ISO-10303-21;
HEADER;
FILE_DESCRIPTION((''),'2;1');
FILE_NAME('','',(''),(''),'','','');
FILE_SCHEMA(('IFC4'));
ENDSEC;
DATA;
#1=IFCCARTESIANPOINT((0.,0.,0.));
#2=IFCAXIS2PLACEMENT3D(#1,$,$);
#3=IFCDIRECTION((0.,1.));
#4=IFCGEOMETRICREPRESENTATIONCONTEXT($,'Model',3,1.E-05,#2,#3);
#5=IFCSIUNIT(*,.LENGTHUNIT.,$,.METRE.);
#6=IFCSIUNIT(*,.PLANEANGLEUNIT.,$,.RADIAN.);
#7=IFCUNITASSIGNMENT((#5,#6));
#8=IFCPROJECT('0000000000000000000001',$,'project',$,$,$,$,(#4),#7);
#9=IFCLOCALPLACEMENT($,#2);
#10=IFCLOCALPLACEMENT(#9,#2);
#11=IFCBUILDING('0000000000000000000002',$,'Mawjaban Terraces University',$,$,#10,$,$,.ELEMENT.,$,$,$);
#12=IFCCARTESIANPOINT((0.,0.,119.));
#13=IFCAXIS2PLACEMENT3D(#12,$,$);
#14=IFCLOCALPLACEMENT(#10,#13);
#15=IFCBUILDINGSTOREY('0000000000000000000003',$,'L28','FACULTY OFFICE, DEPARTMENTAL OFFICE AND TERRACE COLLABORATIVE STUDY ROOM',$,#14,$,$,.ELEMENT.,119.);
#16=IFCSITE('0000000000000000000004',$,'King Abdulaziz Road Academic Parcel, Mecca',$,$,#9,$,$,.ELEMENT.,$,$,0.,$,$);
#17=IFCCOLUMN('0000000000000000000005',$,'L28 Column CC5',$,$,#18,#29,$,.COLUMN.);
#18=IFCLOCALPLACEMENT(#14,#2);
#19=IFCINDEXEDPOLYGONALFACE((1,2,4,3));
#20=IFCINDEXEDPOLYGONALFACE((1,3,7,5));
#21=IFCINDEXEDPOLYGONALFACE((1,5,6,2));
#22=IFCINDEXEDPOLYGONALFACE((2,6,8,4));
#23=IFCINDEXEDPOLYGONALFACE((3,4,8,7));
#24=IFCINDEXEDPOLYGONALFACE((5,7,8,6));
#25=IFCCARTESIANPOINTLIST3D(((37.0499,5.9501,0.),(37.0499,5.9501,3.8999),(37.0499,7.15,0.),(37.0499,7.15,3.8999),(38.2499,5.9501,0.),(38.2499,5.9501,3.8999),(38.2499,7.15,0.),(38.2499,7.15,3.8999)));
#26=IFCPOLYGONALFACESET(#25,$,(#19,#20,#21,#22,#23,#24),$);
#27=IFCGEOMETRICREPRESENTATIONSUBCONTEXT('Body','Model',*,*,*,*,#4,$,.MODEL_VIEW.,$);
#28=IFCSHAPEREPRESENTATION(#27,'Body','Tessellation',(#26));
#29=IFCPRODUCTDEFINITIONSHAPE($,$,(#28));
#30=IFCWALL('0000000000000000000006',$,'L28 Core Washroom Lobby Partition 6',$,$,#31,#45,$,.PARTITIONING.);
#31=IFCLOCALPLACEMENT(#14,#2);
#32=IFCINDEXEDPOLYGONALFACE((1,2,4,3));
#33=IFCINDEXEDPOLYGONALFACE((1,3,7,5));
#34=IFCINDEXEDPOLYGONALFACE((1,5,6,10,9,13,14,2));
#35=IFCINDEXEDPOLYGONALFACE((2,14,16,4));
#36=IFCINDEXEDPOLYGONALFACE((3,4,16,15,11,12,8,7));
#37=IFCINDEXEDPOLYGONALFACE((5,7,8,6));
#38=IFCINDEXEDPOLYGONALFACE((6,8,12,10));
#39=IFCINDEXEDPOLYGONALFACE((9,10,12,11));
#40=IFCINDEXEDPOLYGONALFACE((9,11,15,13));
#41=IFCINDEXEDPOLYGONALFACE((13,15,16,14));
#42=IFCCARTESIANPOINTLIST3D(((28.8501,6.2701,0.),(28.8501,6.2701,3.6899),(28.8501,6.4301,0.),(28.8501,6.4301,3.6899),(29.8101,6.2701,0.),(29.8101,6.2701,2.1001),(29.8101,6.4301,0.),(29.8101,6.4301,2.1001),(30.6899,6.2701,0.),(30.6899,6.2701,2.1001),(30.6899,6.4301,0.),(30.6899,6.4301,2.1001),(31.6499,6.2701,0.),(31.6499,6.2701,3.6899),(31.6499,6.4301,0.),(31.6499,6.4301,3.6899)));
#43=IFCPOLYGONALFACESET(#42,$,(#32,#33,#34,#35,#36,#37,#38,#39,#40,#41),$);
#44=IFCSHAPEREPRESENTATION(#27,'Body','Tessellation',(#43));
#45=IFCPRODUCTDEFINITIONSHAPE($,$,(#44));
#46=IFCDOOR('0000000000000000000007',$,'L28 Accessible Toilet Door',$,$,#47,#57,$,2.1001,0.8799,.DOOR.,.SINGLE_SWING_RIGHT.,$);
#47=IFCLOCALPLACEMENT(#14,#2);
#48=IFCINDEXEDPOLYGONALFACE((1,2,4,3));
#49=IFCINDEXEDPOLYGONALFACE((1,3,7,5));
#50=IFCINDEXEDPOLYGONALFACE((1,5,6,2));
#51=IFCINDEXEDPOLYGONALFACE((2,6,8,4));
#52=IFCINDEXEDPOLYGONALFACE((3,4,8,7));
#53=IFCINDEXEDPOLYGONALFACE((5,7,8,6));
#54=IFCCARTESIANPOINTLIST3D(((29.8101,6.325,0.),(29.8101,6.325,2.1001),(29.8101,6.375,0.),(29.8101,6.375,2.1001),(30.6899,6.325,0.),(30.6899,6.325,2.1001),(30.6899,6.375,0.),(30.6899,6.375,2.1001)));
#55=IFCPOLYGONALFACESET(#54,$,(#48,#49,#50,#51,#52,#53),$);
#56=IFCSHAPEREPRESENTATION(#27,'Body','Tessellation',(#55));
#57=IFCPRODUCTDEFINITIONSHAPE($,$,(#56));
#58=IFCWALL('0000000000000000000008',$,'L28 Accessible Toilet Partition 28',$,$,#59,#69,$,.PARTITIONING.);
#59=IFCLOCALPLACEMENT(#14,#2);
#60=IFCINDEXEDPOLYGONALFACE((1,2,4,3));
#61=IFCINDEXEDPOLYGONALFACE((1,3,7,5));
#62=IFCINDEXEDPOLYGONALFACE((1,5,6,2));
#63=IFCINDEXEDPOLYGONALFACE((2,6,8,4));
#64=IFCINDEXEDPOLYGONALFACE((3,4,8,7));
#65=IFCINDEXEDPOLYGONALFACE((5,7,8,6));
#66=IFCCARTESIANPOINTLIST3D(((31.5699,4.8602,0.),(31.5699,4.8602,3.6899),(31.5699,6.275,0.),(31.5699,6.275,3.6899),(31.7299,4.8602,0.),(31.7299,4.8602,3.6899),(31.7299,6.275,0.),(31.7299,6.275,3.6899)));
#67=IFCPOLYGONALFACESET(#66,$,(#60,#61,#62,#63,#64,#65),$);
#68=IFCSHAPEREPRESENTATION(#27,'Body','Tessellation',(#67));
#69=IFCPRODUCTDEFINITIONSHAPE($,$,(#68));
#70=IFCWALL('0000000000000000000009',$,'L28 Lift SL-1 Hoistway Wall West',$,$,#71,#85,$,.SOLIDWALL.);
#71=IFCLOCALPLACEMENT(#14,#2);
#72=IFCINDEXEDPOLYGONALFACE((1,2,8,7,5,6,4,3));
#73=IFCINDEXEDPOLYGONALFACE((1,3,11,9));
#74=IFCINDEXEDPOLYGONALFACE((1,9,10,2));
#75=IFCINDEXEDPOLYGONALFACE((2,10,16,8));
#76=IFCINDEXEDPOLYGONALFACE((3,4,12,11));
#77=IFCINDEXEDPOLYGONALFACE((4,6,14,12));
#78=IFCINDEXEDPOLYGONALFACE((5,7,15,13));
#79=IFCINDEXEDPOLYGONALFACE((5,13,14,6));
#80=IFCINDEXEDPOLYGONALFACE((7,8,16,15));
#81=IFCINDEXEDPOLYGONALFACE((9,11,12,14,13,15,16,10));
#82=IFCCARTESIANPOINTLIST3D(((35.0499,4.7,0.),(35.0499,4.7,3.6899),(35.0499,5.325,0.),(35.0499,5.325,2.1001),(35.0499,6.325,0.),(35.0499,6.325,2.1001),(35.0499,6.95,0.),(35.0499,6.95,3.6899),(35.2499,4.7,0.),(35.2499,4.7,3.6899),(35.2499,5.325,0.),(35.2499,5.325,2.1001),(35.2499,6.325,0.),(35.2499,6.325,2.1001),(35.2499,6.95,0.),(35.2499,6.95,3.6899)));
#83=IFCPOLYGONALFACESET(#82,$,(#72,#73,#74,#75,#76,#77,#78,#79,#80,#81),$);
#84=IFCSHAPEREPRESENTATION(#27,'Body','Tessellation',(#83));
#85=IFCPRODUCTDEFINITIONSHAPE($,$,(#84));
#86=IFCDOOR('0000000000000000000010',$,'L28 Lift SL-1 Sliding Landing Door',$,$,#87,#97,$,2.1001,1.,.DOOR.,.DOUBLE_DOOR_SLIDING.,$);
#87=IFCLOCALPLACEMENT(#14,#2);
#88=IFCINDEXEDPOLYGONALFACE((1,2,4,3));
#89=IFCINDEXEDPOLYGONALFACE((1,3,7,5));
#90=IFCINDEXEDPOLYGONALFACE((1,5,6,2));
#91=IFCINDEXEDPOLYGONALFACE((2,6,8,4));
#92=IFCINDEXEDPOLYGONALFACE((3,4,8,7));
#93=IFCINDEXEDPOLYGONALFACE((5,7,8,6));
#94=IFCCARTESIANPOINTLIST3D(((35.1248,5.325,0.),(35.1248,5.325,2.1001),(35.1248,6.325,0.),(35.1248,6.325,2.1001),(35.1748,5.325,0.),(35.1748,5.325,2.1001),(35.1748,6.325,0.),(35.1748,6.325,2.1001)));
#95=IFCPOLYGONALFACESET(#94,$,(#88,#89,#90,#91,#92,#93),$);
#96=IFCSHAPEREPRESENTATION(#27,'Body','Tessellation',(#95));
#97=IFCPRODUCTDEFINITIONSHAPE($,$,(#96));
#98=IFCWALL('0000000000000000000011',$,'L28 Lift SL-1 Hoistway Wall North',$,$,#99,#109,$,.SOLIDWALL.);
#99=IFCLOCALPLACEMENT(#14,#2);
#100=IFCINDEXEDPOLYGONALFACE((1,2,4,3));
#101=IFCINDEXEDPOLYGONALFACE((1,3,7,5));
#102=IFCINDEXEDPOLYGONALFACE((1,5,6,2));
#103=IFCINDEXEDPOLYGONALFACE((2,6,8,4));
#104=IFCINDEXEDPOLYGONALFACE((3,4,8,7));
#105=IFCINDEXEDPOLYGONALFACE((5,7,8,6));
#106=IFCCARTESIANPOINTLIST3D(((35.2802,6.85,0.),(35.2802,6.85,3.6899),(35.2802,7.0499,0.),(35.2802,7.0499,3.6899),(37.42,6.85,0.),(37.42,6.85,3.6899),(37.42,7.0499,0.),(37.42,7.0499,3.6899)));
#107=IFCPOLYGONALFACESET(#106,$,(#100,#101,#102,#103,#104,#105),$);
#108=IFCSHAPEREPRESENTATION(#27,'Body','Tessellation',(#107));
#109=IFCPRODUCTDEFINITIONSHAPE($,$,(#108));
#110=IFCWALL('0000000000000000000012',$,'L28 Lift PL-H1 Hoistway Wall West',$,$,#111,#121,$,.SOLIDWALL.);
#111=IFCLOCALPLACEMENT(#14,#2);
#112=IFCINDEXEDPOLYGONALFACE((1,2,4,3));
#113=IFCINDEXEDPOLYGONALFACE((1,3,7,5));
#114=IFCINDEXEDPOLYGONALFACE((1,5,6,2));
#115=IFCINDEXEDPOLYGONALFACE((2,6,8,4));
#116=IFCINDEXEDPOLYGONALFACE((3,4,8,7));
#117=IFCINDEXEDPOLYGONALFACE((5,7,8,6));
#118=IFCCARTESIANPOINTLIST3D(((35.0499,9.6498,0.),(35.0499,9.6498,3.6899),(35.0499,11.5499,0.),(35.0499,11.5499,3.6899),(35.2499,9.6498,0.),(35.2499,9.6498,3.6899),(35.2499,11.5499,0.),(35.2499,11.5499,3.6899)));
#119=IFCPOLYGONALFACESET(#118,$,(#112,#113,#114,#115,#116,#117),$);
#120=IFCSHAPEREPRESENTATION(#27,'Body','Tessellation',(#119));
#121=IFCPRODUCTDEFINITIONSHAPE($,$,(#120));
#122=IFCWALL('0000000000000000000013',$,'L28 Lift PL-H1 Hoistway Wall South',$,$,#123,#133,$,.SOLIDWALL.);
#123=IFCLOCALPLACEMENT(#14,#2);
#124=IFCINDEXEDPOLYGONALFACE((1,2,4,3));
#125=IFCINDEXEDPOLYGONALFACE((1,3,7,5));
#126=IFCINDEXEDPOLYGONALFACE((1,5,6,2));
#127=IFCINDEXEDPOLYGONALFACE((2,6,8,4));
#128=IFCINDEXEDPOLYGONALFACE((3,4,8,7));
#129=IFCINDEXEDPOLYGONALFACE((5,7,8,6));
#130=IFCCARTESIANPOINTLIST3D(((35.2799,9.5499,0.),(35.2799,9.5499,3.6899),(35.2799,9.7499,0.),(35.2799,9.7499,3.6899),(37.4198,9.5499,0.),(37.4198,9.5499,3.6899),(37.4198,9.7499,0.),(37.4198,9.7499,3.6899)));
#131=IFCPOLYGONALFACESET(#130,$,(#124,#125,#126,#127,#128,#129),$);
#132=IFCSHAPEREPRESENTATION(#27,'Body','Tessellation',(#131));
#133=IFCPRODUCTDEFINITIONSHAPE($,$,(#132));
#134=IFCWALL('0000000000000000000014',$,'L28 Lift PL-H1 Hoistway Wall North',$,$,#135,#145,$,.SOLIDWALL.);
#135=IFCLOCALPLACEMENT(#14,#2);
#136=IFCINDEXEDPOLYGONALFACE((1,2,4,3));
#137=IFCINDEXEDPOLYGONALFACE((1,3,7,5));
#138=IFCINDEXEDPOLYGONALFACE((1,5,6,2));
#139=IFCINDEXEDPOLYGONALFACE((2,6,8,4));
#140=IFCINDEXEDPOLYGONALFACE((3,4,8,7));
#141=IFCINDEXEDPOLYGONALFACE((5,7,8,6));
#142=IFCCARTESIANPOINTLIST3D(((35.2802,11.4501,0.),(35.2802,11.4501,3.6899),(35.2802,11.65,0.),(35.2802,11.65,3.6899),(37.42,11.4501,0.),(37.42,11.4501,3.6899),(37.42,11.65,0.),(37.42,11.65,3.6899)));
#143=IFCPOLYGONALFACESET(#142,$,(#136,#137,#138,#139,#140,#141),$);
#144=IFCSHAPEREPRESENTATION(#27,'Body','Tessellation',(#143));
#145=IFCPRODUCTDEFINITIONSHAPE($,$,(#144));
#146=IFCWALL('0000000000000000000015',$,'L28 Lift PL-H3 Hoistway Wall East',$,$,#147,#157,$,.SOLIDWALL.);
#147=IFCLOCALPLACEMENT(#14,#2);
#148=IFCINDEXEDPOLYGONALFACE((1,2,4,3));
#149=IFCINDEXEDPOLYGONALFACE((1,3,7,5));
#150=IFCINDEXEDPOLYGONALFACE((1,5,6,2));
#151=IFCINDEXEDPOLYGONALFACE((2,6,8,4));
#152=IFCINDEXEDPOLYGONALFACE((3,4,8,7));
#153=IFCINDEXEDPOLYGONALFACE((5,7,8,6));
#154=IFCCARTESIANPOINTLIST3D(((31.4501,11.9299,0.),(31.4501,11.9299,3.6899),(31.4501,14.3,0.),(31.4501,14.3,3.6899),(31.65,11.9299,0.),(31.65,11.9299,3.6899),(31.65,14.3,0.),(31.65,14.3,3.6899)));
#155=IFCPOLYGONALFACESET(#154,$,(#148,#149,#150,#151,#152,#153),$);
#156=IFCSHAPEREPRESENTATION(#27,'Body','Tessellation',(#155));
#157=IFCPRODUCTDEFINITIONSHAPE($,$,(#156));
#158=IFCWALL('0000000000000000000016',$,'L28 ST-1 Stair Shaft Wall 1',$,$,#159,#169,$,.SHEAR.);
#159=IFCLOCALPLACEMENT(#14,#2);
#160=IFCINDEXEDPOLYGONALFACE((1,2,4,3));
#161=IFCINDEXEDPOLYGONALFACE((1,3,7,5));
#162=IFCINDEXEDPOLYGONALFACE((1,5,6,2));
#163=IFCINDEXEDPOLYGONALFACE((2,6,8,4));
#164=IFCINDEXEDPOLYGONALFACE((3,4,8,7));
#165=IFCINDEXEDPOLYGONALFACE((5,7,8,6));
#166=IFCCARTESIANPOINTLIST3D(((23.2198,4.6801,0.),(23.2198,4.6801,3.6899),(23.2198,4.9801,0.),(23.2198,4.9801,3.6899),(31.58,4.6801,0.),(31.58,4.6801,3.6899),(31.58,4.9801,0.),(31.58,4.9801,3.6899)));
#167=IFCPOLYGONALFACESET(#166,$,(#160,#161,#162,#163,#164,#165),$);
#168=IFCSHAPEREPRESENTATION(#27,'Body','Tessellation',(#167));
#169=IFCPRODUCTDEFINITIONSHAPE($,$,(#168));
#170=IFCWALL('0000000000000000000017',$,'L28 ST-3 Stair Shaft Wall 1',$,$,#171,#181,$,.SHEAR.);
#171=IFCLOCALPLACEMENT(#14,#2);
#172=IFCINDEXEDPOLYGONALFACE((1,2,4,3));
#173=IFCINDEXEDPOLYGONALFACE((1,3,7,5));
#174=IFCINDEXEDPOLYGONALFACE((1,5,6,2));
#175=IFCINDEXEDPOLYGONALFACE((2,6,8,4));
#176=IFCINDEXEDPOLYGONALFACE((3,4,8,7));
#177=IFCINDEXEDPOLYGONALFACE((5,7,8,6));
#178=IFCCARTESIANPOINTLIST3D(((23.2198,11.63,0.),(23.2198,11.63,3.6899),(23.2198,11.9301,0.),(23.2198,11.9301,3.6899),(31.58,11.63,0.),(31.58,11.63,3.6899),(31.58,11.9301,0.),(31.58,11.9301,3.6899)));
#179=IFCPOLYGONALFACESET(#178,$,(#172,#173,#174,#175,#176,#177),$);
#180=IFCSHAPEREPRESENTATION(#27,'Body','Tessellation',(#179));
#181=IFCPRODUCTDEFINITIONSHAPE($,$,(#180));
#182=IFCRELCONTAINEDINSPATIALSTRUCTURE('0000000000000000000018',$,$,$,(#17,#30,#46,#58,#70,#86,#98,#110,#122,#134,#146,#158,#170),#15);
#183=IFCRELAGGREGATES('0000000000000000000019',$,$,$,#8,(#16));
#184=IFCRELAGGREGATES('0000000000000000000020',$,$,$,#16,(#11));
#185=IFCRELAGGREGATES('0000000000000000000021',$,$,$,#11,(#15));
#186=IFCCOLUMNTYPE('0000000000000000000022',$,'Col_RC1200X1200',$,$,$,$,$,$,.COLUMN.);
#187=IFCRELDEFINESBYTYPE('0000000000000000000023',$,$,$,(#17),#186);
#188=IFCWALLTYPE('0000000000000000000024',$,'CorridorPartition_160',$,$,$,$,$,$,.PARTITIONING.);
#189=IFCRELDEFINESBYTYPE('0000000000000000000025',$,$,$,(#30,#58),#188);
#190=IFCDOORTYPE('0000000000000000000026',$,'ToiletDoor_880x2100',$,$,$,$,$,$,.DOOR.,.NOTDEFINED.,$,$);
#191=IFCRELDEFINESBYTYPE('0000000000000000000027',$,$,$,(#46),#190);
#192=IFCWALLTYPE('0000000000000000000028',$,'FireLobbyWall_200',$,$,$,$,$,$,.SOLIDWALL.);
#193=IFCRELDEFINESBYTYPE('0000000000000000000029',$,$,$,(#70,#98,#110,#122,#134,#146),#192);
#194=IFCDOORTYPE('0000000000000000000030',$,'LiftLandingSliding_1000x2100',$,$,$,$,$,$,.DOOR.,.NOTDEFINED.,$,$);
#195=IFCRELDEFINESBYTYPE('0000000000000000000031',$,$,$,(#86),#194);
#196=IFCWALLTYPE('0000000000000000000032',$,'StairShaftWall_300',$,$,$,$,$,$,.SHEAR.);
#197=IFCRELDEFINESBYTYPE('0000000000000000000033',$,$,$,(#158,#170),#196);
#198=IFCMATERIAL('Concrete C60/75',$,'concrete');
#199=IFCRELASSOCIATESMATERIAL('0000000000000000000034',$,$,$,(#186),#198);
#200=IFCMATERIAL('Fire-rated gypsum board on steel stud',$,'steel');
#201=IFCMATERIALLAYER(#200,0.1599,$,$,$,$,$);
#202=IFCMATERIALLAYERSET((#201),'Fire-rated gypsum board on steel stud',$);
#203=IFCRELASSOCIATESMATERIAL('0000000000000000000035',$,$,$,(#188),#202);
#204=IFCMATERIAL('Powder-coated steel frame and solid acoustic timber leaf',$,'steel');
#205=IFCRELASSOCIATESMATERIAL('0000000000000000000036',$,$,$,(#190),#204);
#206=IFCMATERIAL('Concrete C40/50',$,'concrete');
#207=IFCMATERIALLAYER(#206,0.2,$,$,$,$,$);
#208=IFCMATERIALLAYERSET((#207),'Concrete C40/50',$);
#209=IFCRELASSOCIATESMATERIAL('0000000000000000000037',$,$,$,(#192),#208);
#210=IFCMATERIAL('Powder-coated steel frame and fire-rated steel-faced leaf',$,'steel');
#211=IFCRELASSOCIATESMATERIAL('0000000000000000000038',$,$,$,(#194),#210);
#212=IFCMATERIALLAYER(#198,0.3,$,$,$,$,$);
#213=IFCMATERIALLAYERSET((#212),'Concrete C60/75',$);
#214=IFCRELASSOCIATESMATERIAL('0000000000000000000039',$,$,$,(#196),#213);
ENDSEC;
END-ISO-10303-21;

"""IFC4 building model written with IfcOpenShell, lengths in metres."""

from ifc_helpers import new_model, si_unit, direction, frame, frame_2d, origin, origin_2d, place, context, subcontext, project, spatial, rectangle, extrude, material, layer, layer_set, material_profile, profile_set, type_object, element, fill, save


model = new_model("IFC4")

# Units and contexts
model_context = context("Model", 3, precision=1e-05, world=origin(), true_north=direction((0.0, 1.0)))
body_context = subcontext(model_context, "Body", "Model", "MODEL_VIEW")
ifc_project = project(units=[si_unit("LENGTHUNIT", "METRE"), si_unit("PLANEANGLEUNIT", "RADIAN")], contexts=[model_context])

# Site, building, storey
site_placement = place(None, origin())
site = spatial("IfcSite", under=ifc_project, at=site_placement, Name="King Abdulaziz Road Academic Parcel, Mecca", CompositionType="ELEMENT", RefElevation=0.0)
building_placement = place(site_placement, origin())
building = spatial("IfcBuilding", under=site, at=building_placement, Name="Mawjaban Terraces University", CompositionType="ELEMENT")
storey_placement = place(building_placement, frame((0.0, 0.0, 119.0)))
storey = spatial("IfcBuildingStorey", under=building, at=storey_placement, Name="L28", Description="FACULTY OFFICE, DEPARTMENTAL OFFICE AND TERRACE COLLABORATIVE STUDY ROOM", CompositionType="ELEMENT", Elevation=119.0)

# Column
ifc_material_1 = material(Name="Concrete C60/75", Category="concrete")
ifc_material_profile = material_profile(ifc_material_1, rectangle(XDim=1.2, YDim=1.2, at=origin_2d()), Name="RC1200X1200")
ifc_profile_set = profile_set([ifc_material_profile], Name="Concrete C60/75")
column_type = type_object("IfcColumnType", Name="Col_RC1200X1200", PredefinedType="COLUMN", material=ifc_profile_set)
column_placement = place(storey_placement, frame((37.6499, 6.55, 0.0), z_axis=(0.0, 0.0, 1.0), x_axis=(1.0, 0.0, 0.0)))
element("IfcColumn", 1, at=column_placement, inside=storey, type_object=column_type, Name="L28 Column CC5", PredefinedType="COLUMN", context=body_context, shape_type="SweptSolid", body=[
    extrude(rectangle(XDim=1.2, YDim=1.2, at=origin_2d()), origin(), (0.0, 0.0, 1.0), 3.8999),
])

# Wall, opening, door
ifc_material_2 = material(Name="Fire-rated gypsum board on steel stud", Category="steel")
ifc_layer_1 = layer(ifc_material_2, 0.1599)
ifc_layer_set_1 = layer_set([ifc_layer_1], Name="Fire-rated gypsum board on steel stud")
wall_type_1 = type_object("IfcWallType", Name="CorridorPartition_160", PredefinedType="PARTITIONING", material=ifc_layer_set_1)
wall_1_placement = place(storey_placement, frame((28.8501, 6.3501, 0.0), z_axis=(0.0, 0.0, 1.0), x_axis=(1.0, 0.0, 0.0)))
wall_1 = element("IfcWall", 2, at=wall_1_placement, inside=storey, type_object=wall_type_1, Name="L28 Core Washroom Lobby Partition 6", PredefinedType="PARTITIONING", context=body_context, shape_type="SweptSolid", body=[
    extrude(rectangle(XDim=2.7998, YDim=0.1599, at=frame_2d((1.3999, 0.0))), origin(), (0.0, 0.0, 1.0), 3.6899),
])
opening_1_placement = place(wall_1_placement, frame((0.96, 0.0, 0.0)))
opening_1 = element("IfcOpeningElement", 3, at=opening_1_placement, cuts=wall_1, PredefinedType="OPENING", context=body_context, shape_type="SweptSolid", body=[
    extrude(rectangle(XDim=0.8799, YDim=2.1001, at=frame_2d((0.4399, 1.05))), frame((0.0, 0.0898, 0.0), z_axis=(0.0, -1.0, 0.0), x_axis=(1.0, 0.0, 0.0)), (0.0, 0.0, 1.0), 0.1799),
])
ifc_material_3 = material(Name="Powder-coated steel frame and solid acoustic timber leaf", Category="steel")
door_type_1 = type_object("IfcDoorType", Name="ToiletDoor_880x2100", OperationType="NOTDEFINED", PredefinedType="DOOR", material=ifc_material_3)
door_1_placement = place(opening_1_placement, origin())
door_1 = element("IfcDoor", 4, at=door_1_placement, inside=storey, type_object=door_type_1, Name="L28 Accessible Toilet Door", OperationType="SINGLE_SWING_RIGHT", OverallHeight=2.1001, OverallWidth=0.8799, PredefinedType="DOOR", context=body_context, shape_type="SweptSolid", body=[
    extrude(rectangle(XDim=0.8799, YDim=2.1001, at=frame_2d((0.4399, 1.05))), frame((0.0, 0.0249, 0.0), z_axis=(0.0, -1.0, 0.0), x_axis=(1.0, 0.0, 0.0)), (0.0, 0.0, 1.0), 0.05),
])
fill(opening_1, door_1)

# Wall
wall_2_placement = place(storey_placement, frame((31.6499, 4.8601, 0.0), z_axis=(0.0, 0.0, 1.0), x_axis=(0.0, 1.0, 0.0)))
element("IfcWall", 5, at=wall_2_placement, inside=storey, type_object=wall_type_1, Name="L28 Accessible Toilet Partition 28", PredefinedType="PARTITIONING", context=body_context, shape_type="SweptSolid", body=[
    extrude(rectangle(XDim=1.4148, YDim=0.1599, at=frame_2d((0.7075, 0.0))), origin(), (0.0, 0.0, 1.0), 3.6899),
])

# Wall, opening, door
ifc_material_4 = material(Name="Concrete C40/50", Category="concrete")
ifc_layer_2 = layer(ifc_material_4, 0.2)
ifc_layer_set_2 = layer_set([ifc_layer_2], Name="Concrete C40/50")
wall_type_2 = type_object("IfcWallType", Name="FireLobbyWall_200", PredefinedType="SOLIDWALL", material=ifc_layer_set_2)
wall_3_placement = place(storey_placement, frame((35.1499, 6.95, 0.0), z_axis=(0.0, 0.0, 1.0), x_axis=(0.0, -1.0, 0.0)))
wall_3 = element("IfcWall", 6, at=wall_3_placement, inside=storey, type_object=wall_type_2, Name="L28 Lift SL-1 Hoistway Wall West", PredefinedType="SOLIDWALL", context=body_context, shape_type="SweptSolid", body=[
    extrude(rectangle(XDim=2.25, YDim=0.2, at=frame_2d((1.125, 0.0))), origin(), (0.0, 0.0, 1.0), 3.6899),
])
opening_2_placement = place(wall_3_placement, frame((0.625, 0.0, 0.0)))
opening_2 = element("IfcOpeningElement", 7, at=opening_2_placement, cuts=wall_3, PredefinedType="OPENING", context=body_context, shape_type="SweptSolid", body=[
    extrude(rectangle(XDim=1.0, YDim=2.1001, at=frame_2d((0.5, 1.05))), frame((0.0, 0.1099, 0.0), z_axis=(0.0, -1.0, 0.0), x_axis=(1.0, 0.0, 0.0)), (0.0, 0.0, 1.0), 0.22),
])
ifc_material_5 = material(Name="Powder-coated steel frame and fire-rated steel-faced leaf", Category="steel")
door_type_2 = type_object("IfcDoorType", Name="LiftLandingSliding_1000x2100", OperationType="NOTDEFINED", PredefinedType="DOOR", material=ifc_material_5)
door_2_placement = place(opening_2_placement, origin())
door_2 = element("IfcDoor", 8, at=door_2_placement, inside=storey, type_object=door_type_2, Name="L28 Lift SL-1 Sliding Landing Door", OperationType="DOUBLE_DOOR_SLIDING", OverallHeight=2.1001, OverallWidth=1.0, PredefinedType="DOOR", context=body_context, shape_type="SweptSolid", body=[
    extrude(rectangle(XDim=1.0, YDim=2.1001, at=frame_2d((0.5, 1.05))), frame((0.0, 0.0249, 0.0), z_axis=(0.0, -1.0, 0.0), x_axis=(1.0, 0.0, 0.0)), (0.0, 0.0, 1.0), 0.05),
])
fill(opening_2, door_2)

# Walls
wall_4_placement = place(storey_placement, frame((37.4199, 6.95, 0.0), z_axis=(0.0, 0.0, 1.0), x_axis=(-1.0, 0.0, 0.0)))
element("IfcWall", 9, at=wall_4_placement, inside=storey, type_object=wall_type_2, Name="L28 Lift SL-1 Hoistway Wall North", PredefinedType="SOLIDWALL", context=body_context, shape_type="SweptSolid", body=[
    extrude(rectangle(XDim=2.1399, YDim=0.2, at=frame_2d((1.0698, 0.0))), origin(), (0.0, 0.0, 1.0), 3.6899),
])
wall_5_placement = place(storey_placement, frame((35.1499, 11.55, 0.0), z_axis=(0.0, 0.0, 1.0), x_axis=(0.0, -1.0, 0.0)))
element("IfcWall", 10, at=wall_5_placement, inside=storey, type_object=wall_type_2, Name="L28 Lift PL-H1 Hoistway Wall West", PredefinedType="SOLIDWALL", context=body_context, shape_type="SweptSolid", body=[
    extrude(rectangle(XDim=1.9001, YDim=0.2, at=frame_2d((0.9502, 0.0))), origin(), (0.0, 0.0, 1.0), 3.6899),
])
for number, where, z_axis, x_axis, name in (
    (11, (35.28, 9.6499, 0.0), (0.0, 0.0, 1.0), (1.0, 0.0, 0.0), "L28 Lift PL-H1 Hoistway Wall South"),
    (12, (37.4199, 11.55, 0.0), (0.0, 0.0, 1.0), (-1.0, 0.0, 0.0), "L28 Lift PL-H1 Hoistway Wall North"),
):
    element("IfcWall", number, at=place(storey_placement, frame(where, z_axis=z_axis, x_axis=x_axis)), inside=storey, type_object=wall_type_2, Name=name, PredefinedType="SOLIDWALL", context=body_context, shape_type="SweptSolid", body=[
        extrude(rectangle(XDim=2.1399, YDim=0.2, at=frame_2d((1.0698, 0.0))), origin(), (0.0, 0.0, 1.0), 3.6899),
    ])
wall_6_placement = place(storey_placement, frame((31.55, 11.9299, 0.0), z_axis=(0.0, 0.0, 1.0), x_axis=(0.0, 1.0, 0.0)))
element("IfcWall", 13, at=wall_6_placement, inside=storey, type_object=wall_type_2, Name="L28 Lift PL-H3 Hoistway Wall East", PredefinedType="SOLIDWALL", context=body_context, shape_type="SweptSolid", body=[
    extrude(rectangle(XDim=2.3701, YDim=0.2, at=frame_2d((1.1851, 0.0))), origin(), (0.0, 0.0, 1.0), 3.6899),
])
ifc_layer_3 = layer(ifc_material_1, 0.3)
ifc_layer_set_3 = layer_set([ifc_layer_3], Name="Concrete C60/75")
wall_type_3 = type_object("IfcWallType", Name="StairShaftWall_300", PredefinedType="SHEAR", material=ifc_layer_set_3)
for number, where, z_axis, x_axis, name in (
    (14, (31.5801, 4.8301, 0.0), (0.0, 0.0, 1.0), (-1.0, 0.0, 0.0), "L28 ST-1 Stair Shaft Wall 1"),
    (15, (31.5801, 11.78, 0.0), (0.0, 0.0, 1.0), (-1.0, 0.0, 0.0), "L28 ST-3 Stair Shaft Wall 1"),
):
    element("IfcWall", number, at=place(storey_placement, frame(where, z_axis=z_axis, x_axis=x_axis)), inside=storey, type_object=wall_type_3, Name=name, PredefinedType="SHEAR", context=body_context, shape_type="SweptSolid", body=[
        extrude(rectangle(XDim=8.3601, YDim=0.3, at=frame_2d((4.1802, 0.0))), origin(), (0.0, 0.0, 1.0), 3.6899),
    ])

save(model, "model.ifc")
